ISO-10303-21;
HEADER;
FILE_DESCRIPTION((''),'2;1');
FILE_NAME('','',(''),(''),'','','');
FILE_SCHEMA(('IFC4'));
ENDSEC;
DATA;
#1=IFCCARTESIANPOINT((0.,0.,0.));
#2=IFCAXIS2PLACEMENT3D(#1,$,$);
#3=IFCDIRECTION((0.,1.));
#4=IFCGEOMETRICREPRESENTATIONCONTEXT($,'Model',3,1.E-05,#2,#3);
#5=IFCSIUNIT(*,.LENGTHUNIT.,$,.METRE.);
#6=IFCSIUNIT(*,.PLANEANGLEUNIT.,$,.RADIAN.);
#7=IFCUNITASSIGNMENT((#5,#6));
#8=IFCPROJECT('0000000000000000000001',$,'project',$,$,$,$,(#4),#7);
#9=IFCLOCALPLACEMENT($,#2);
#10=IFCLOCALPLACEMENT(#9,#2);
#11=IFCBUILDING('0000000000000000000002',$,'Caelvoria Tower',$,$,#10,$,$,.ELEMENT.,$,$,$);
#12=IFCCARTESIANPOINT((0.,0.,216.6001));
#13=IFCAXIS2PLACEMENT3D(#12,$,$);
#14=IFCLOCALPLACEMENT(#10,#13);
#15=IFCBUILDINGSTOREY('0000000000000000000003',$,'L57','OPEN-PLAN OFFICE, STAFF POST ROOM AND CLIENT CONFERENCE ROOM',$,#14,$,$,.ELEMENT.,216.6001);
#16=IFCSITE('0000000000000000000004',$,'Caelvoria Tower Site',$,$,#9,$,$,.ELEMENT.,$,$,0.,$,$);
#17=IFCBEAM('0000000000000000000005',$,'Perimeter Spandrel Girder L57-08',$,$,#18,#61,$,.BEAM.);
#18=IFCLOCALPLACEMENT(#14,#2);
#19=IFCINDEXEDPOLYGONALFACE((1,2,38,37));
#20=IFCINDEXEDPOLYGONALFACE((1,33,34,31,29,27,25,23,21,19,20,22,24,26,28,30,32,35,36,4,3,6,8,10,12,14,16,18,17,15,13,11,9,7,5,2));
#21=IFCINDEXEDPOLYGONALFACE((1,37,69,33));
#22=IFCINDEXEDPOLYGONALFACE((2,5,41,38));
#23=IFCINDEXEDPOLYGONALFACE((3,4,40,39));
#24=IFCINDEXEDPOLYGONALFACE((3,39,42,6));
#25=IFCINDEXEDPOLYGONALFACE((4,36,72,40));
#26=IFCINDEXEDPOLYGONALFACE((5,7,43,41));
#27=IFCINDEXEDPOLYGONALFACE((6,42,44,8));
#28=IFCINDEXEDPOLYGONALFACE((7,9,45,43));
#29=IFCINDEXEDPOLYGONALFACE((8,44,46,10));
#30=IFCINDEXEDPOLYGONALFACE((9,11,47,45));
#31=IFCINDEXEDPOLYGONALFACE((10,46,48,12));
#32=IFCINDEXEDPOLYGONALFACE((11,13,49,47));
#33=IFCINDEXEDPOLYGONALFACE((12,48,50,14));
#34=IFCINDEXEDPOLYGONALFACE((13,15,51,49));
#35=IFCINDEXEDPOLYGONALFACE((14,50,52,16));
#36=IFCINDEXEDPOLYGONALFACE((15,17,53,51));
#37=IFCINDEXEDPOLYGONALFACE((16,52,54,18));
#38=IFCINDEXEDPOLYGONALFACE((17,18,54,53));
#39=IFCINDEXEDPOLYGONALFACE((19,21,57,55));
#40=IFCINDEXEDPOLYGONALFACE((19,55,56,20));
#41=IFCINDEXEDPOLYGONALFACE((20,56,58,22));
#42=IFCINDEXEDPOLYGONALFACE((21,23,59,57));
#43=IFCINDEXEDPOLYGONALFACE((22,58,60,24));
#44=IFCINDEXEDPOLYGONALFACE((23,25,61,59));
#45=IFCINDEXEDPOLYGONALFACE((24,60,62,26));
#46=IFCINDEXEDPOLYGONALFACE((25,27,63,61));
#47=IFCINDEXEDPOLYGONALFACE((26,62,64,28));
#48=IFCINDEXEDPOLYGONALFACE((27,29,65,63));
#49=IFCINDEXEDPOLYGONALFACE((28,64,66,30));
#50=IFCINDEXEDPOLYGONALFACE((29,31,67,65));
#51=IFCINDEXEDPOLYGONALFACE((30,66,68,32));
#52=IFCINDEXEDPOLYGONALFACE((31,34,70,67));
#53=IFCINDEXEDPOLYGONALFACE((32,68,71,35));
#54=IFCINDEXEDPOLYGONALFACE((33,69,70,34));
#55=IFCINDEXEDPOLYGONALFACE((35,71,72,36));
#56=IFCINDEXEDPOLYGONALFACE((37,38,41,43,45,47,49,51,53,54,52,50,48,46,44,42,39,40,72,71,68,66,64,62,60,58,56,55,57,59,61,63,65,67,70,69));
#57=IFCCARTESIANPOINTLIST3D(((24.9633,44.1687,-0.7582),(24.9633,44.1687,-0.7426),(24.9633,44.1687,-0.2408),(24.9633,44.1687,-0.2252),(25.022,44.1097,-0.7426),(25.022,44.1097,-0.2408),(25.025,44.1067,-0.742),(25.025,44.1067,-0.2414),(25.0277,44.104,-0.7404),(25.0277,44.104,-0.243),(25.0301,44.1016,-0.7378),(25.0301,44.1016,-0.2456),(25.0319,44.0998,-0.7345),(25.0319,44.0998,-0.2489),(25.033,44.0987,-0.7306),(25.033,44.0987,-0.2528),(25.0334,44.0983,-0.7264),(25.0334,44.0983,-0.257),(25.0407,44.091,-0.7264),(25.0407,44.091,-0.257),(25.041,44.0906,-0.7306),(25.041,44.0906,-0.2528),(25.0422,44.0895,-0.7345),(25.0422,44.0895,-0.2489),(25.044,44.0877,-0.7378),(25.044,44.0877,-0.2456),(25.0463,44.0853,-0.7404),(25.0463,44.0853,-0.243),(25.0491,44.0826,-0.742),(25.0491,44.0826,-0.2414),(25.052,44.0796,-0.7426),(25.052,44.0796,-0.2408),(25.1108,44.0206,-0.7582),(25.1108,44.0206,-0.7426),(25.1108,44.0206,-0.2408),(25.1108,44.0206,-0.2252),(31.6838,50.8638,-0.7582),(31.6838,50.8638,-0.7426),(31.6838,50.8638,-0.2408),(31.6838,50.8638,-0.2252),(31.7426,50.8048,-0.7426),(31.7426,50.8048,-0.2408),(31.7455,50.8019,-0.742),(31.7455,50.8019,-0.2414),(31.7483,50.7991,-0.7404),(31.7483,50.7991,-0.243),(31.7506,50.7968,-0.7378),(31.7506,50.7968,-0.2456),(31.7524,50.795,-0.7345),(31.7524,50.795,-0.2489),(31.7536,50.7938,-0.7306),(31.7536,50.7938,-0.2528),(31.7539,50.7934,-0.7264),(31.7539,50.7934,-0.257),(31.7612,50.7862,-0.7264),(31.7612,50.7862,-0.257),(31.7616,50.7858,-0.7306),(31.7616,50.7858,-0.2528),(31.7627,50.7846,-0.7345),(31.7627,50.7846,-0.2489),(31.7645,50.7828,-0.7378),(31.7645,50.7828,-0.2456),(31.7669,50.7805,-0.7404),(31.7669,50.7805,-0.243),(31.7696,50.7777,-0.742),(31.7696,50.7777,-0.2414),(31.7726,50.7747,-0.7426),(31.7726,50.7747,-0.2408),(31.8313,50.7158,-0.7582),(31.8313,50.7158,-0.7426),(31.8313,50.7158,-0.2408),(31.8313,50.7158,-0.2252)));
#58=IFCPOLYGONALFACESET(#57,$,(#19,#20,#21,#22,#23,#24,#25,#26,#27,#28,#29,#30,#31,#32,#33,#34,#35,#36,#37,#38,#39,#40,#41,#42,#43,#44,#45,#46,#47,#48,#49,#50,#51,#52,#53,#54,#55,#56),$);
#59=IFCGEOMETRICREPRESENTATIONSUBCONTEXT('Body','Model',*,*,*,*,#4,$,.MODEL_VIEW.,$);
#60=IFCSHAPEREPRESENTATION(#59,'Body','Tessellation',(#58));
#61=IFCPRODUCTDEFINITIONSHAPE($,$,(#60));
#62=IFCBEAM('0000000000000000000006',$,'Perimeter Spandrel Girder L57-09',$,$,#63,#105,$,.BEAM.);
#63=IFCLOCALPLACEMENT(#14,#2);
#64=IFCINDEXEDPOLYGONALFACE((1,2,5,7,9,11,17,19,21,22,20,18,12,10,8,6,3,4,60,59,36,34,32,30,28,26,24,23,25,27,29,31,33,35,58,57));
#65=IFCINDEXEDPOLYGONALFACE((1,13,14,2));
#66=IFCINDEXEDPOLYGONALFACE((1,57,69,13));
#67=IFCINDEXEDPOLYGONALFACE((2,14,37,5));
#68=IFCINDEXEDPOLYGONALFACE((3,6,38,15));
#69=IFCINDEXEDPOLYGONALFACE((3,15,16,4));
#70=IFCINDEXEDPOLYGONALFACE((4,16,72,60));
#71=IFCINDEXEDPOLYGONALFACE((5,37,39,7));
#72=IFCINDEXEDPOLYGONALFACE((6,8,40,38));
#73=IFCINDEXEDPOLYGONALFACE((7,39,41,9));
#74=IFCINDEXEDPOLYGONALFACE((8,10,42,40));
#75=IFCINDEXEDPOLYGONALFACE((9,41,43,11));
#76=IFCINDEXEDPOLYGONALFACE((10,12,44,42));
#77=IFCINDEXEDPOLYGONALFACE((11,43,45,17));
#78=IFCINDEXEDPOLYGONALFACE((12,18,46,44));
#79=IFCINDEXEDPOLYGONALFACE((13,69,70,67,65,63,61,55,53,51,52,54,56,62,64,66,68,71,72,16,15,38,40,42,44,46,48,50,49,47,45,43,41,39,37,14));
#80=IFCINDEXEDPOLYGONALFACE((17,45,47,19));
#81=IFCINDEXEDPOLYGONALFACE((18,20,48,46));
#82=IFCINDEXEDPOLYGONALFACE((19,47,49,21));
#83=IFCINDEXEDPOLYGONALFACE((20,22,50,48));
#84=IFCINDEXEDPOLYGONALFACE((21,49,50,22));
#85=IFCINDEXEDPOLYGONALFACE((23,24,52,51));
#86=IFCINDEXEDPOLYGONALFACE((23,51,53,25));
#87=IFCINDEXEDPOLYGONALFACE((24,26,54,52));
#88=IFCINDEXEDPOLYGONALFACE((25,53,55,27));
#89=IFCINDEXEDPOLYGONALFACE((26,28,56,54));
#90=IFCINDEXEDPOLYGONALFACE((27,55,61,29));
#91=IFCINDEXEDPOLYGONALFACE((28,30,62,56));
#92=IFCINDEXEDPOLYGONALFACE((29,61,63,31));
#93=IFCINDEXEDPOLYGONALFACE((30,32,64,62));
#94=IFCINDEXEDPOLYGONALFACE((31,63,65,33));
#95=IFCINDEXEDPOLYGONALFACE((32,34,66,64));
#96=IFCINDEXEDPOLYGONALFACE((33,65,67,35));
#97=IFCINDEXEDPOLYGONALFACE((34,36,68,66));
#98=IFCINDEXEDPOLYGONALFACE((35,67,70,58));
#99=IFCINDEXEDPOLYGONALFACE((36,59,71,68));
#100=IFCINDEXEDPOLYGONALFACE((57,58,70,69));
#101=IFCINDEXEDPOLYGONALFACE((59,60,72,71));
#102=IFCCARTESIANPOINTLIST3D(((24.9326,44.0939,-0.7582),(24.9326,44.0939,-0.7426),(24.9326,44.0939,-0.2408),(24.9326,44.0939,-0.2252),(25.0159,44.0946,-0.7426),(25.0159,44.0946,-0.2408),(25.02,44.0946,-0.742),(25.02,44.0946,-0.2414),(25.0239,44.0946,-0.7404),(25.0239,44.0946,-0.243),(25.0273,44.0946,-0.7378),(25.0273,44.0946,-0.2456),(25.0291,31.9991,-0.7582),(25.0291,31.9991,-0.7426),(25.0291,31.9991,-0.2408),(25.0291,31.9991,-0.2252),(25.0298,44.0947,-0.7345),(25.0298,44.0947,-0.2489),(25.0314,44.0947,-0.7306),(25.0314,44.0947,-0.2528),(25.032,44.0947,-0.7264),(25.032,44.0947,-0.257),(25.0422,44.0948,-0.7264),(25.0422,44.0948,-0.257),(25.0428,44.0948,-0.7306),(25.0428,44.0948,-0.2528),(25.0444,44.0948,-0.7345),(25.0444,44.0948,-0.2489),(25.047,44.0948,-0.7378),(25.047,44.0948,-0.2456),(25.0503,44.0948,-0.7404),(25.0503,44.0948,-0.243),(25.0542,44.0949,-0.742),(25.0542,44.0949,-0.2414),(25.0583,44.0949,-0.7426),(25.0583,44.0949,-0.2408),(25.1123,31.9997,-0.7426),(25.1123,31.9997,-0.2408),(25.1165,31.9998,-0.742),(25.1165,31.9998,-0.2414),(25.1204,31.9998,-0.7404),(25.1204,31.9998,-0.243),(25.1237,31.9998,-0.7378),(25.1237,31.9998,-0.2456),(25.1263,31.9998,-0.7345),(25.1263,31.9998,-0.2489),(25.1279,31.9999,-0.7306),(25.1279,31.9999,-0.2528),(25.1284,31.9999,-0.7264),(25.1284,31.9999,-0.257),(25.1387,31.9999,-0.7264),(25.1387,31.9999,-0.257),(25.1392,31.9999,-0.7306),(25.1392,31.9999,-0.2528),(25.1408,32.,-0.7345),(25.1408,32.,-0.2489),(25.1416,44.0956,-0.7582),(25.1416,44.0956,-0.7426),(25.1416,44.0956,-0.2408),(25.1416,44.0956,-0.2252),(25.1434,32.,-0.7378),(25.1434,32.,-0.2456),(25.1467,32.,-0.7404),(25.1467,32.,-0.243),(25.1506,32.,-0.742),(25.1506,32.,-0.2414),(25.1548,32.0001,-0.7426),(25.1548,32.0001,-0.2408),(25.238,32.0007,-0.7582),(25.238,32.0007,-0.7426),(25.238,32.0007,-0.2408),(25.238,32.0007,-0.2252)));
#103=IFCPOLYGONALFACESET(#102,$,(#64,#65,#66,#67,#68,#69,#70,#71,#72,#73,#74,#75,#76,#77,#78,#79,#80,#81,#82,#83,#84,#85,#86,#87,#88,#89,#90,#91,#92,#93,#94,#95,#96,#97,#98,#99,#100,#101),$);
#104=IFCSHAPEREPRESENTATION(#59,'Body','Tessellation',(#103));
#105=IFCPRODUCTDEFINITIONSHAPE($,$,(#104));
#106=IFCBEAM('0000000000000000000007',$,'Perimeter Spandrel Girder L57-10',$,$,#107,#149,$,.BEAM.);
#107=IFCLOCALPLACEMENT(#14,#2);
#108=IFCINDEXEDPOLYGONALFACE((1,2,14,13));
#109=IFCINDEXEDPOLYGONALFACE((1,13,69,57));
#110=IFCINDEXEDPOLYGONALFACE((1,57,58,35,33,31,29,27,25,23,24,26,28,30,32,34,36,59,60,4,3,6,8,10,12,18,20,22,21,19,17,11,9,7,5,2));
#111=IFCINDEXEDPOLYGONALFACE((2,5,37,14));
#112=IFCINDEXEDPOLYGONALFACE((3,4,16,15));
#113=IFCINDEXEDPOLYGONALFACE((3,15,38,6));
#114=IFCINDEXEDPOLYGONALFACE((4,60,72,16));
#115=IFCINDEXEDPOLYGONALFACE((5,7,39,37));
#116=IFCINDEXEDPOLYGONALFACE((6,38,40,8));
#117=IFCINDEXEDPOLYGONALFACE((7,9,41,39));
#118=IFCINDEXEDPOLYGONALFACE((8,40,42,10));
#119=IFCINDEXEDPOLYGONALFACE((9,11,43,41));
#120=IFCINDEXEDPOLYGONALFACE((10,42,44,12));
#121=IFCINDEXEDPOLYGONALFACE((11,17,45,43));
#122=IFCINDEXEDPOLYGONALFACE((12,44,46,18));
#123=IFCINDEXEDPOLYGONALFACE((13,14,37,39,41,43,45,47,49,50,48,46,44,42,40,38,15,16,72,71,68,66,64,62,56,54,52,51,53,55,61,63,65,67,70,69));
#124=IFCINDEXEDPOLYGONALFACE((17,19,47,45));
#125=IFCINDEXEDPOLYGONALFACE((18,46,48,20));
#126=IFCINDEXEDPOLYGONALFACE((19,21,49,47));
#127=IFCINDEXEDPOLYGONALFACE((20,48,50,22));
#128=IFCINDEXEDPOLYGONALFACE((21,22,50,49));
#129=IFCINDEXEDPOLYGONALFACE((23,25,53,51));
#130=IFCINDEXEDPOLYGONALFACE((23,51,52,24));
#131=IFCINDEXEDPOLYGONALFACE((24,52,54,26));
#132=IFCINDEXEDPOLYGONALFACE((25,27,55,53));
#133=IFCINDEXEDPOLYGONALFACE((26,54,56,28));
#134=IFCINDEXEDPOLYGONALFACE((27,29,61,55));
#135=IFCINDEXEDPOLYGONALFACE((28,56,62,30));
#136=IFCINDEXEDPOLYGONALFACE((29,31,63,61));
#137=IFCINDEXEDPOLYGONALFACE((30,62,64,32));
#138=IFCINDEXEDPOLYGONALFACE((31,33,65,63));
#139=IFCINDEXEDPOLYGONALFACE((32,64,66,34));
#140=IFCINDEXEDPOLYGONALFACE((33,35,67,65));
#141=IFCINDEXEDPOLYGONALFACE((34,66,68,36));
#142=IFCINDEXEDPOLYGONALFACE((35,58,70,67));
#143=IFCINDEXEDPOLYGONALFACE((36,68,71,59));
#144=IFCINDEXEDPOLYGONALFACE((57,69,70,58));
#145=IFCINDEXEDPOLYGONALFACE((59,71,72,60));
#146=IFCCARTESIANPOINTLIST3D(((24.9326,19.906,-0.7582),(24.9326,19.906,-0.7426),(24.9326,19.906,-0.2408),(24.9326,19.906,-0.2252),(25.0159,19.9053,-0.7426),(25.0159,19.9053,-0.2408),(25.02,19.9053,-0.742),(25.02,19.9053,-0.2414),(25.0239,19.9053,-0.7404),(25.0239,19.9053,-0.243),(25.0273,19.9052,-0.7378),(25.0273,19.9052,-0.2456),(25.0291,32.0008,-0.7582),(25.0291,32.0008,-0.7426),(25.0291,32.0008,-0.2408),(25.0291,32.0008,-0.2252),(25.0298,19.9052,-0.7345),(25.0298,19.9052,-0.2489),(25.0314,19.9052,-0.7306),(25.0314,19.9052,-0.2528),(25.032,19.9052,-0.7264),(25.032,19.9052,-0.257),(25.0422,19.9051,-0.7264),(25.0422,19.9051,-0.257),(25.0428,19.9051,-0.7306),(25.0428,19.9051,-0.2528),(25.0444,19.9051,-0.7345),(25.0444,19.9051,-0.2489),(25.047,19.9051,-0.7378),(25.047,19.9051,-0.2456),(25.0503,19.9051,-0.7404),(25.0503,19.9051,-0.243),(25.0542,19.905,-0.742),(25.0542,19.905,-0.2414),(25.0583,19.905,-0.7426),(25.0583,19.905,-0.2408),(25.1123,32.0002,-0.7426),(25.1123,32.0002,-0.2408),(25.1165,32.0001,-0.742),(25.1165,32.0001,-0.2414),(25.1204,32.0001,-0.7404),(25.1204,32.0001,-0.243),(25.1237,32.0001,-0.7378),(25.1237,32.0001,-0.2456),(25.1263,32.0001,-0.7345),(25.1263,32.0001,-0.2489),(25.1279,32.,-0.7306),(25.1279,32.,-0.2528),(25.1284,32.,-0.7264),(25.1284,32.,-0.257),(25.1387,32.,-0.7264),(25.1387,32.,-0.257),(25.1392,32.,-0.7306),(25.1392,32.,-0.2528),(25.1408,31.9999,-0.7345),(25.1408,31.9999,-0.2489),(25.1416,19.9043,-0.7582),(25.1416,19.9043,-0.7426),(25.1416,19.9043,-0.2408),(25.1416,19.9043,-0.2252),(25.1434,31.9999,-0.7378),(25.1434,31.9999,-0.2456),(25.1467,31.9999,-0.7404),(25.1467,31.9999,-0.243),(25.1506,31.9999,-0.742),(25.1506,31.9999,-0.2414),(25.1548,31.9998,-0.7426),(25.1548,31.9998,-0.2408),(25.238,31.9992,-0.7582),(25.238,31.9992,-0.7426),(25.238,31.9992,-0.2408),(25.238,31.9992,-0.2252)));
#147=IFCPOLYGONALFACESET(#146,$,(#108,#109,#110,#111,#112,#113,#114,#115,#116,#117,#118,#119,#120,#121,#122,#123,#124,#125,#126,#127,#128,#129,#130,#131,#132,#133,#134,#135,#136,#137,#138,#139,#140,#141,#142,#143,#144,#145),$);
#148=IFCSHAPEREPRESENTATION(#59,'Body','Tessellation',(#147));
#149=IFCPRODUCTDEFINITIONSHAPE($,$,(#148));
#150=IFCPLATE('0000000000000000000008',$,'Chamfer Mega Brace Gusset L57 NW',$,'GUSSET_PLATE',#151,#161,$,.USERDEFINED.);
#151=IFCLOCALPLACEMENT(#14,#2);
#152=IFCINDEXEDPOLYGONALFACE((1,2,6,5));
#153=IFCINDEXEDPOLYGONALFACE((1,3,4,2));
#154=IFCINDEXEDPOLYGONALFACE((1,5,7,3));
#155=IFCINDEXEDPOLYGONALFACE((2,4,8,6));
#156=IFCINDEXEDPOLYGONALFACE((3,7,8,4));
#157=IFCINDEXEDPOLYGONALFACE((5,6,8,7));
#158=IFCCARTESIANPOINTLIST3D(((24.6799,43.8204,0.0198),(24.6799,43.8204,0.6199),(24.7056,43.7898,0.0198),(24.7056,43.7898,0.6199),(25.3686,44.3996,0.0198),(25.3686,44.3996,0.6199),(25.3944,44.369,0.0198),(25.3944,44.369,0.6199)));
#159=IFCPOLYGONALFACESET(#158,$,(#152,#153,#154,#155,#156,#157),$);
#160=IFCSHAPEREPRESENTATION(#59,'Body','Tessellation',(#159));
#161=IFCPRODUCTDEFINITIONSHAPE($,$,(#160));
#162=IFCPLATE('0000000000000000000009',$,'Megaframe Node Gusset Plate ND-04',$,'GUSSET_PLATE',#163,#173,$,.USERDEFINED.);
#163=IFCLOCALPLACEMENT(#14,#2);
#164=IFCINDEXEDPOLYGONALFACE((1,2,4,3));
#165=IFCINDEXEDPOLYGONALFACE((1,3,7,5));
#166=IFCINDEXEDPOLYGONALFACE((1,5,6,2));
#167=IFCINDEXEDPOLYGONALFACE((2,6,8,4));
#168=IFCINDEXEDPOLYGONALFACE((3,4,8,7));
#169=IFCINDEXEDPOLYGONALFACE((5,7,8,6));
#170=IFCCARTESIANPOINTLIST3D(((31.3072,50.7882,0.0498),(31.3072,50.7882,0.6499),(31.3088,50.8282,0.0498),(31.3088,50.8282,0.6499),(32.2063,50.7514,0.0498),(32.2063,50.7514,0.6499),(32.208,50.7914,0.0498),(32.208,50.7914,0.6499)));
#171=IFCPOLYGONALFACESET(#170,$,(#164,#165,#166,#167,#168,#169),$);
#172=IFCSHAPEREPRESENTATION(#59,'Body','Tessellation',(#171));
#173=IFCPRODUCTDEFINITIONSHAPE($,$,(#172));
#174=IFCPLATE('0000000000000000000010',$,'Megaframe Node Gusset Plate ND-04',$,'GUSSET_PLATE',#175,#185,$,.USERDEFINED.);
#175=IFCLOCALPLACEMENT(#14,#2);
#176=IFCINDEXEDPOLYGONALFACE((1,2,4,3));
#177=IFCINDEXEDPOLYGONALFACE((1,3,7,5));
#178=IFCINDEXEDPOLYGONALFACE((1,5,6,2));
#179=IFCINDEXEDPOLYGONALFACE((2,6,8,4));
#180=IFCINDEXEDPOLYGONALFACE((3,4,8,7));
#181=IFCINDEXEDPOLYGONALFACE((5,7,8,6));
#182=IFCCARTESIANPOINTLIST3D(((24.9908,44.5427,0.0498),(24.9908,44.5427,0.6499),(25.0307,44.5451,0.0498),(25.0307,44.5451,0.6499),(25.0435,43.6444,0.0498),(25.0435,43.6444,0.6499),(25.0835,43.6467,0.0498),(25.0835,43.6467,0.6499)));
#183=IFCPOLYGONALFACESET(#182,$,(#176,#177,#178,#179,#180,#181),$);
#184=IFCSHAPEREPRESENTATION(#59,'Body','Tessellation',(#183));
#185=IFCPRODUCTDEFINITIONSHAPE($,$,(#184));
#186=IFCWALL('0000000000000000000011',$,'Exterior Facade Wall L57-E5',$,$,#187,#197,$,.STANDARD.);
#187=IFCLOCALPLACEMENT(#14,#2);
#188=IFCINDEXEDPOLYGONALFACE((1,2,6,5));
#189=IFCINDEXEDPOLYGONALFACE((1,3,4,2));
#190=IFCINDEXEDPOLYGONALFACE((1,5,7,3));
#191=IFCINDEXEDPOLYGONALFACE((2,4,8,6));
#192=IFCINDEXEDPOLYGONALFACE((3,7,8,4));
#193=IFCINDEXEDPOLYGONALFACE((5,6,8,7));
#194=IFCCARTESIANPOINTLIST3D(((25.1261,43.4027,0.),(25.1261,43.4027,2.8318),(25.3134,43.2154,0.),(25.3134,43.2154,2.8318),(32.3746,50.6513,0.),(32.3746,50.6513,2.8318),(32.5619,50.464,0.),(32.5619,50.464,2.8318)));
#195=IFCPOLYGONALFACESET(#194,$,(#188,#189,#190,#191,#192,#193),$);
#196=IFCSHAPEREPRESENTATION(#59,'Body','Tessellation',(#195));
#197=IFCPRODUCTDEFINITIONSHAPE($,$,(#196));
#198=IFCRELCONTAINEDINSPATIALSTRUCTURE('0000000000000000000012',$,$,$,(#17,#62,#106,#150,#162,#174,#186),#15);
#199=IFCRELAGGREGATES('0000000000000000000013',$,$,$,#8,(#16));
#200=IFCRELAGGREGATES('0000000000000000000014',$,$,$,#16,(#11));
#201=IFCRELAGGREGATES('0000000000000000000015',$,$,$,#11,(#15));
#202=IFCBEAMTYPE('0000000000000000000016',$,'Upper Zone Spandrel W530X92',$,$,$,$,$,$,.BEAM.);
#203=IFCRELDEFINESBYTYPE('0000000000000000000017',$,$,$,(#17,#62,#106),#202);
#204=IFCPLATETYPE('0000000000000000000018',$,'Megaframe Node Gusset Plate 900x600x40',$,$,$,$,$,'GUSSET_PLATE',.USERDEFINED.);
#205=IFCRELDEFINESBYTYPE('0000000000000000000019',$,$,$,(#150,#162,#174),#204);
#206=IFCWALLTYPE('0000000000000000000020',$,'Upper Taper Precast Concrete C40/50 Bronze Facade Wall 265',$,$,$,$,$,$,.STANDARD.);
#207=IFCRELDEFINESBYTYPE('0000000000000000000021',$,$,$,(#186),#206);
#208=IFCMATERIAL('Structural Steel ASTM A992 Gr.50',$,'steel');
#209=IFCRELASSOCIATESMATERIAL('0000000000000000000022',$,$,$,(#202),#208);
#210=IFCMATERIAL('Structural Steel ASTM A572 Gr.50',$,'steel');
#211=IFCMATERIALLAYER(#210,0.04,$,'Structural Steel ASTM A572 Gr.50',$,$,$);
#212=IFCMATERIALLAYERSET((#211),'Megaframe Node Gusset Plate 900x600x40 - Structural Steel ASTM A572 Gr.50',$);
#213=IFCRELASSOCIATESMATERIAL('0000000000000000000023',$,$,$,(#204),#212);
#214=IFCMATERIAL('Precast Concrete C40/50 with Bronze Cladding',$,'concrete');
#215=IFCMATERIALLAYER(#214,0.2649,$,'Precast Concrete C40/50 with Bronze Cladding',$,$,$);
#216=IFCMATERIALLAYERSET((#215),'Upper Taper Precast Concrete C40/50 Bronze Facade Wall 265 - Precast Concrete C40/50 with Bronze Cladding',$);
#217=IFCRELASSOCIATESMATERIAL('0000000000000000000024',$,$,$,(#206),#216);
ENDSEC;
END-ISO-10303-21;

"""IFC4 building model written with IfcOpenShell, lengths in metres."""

from ifc_helpers import new_model, si_unit, direction, frame, frame_2d, origin, origin_2d, place, context, subcontext, project, spatial, rectangle, i_section, extrude, material, layer, layer_set, material_profile, profile_set, type_object, element, save


model = new_model("IFC4")

# Units and contexts
model_context = context("Model", 3, precision=1e-05, world=origin(), true_north=direction((0.0, 1.0)))
body_context = subcontext(model_context, "Body", "Model", "MODEL_VIEW")
ifc_project = project(units=[si_unit("LENGTHUNIT", "METRE"), si_unit("PLANEANGLEUNIT", "RADIAN")], contexts=[model_context])

# Site, building, storey
site_placement = place(None, origin())
site = spatial("IfcSite", under=ifc_project, at=site_placement, Name="Caelvoria Tower Site", CompositionType="ELEMENT", RefElevation=0.0)
building_placement = place(site_placement, origin())
building = spatial("IfcBuilding", under=site, at=building_placement, Name="Caelvoria Tower", CompositionType="ELEMENT")
storey_placement = place(building_placement, frame((0.0, 0.0, 216.6001)))
storey = spatial("IfcBuildingStorey", under=building, at=storey_placement, Name="L57", Description="OPEN-PLAN OFFICE, STAFF POST ROOM AND CLIENT CONFERENCE ROOM", CompositionType="ELEMENT", Elevation=216.6001)

# Shared definitions
ifc_material_1 = material(Name="Structural Steel ASTM A572 Gr.50", Category="steel")
ifc_material_2 = material(Name="Structural Steel ASTM A992 Gr.50", Category="steel")

# Beams
ifc_material_profile_1 = material_profile(ifc_material_2, i_section(OverallWidth=0.209, OverallDepth=0.533, WebThickness=0.0103, FlangeThickness=0.0156, FilletRadius=0.0161, at=origin_2d()), Name="Structural Steel ASTM A992 Gr.50")
ifc_profile_set_1 = profile_set([ifc_material_profile_1], Name="W530X92 - Structural Steel ASTM A992 Gr.50")
beam_type_1 = type_object("IfcBeamType", Name="Upper Zone Spandrel W530X92", PredefinedType="BEAM", material=ifc_profile_set_1)
beam_placement = place(storey_placement, frame((31.7576, 50.7898, -0.4917), z_axis=(-0.708444, -0.705767, 0.0), x_axis=(0.705767, -0.708444, 0.0)))
element("IfcBeam", 1, at=beam_placement, inside=storey, type_object=beam_type_1, Name="Perimeter Spandrel Girder L57-08", PredefinedType="BEAM", context=body_context, shape_type="SweptSolid", body=[
    extrude(i_section(OverallWidth=0.209, OverallDepth=0.533, WebThickness=0.0103, FlangeThickness=0.0156, FilletRadius=0.0161, at=origin_2d()), origin(), (0.0, 0.0, 1.0), 9.4863),
])
for number, where, z_axis, x_axis, name in (
    (2, (25.0371, 44.0947, -0.4917), (0.007973, -0.999968, 0.0), (0.999968, 0.007973, 0.0), "Perimeter Spandrel Girder L57-09"),
    (3, (25.1335, 32.0, -0.4917), (-0.007973, -0.999968, 0.0), (0.999968, -0.007973, 0.0), "Perimeter Spandrel Girder L57-10"),
):
    element("IfcBeam", number, at=place(storey_placement, frame(where, z_axis=z_axis, x_axis=x_axis)), inside=storey, type_object=beam_type_1, Name=name, PredefinedType="BEAM", context=body_context, shape_type="SweptSolid", body=[
        extrude(i_section(OverallWidth=0.209, OverallDepth=0.533, WebThickness=0.0103, FlangeThickness=0.0156, FilletRadius=0.0161, at=origin_2d()), origin(), (0.0, 0.0, 1.0), 12.0952),
    ])

# Plates
ifc_layer_1 = layer(ifc_material_1, 0.04, Name="Structural Steel ASTM A572 Gr.50")
ifc_layer_set_1 = layer_set([ifc_layer_1], Name="Megaframe Node Gusset Plate 900x600x40 - Structural Steel ASTM A572 Gr.50")
plate_type = type_object("IfcPlateType", Name="Megaframe Node Gusset Plate 900x600x40", ElementType="GUSSET_PLATE", PredefinedType="USERDEFINED", material=ifc_layer_set_1)
for number, where, z_axis, x_axis, name in (
    (4, (25.0371, 44.0947, 0.0198), (0.0, 0.0, 1.0), (0.765339, 0.643627, 0.0), "Chamfer Mega Brace Gusset L57 NW"),
    (5, (31.7576, 50.7898, 0.0498), (0.0, 0.0, 1.0), (0.999165, -0.040864, 0.0), "Megaframe Node Gusset Plate ND-04"),
    (6, (25.0371, 44.0947, 0.0498), (0.0, 0.0, 1.0), (0.058611, -0.998281, 0.0), "Megaframe Node Gusset Plate ND-04"),
):
    element("IfcPlate", number, at=place(storey_placement, frame(where, z_axis=z_axis, x_axis=x_axis)), inside=storey, type_object=plate_type, Name=name, ObjectType="GUSSET_PLATE", PredefinedType="USERDEFINED", context=body_context, shape_type="SweptSolid", body=[
        extrude(rectangle(XDim=0.8999, YDim=0.04, at=origin_2d()), origin(), (0.0, 0.0, 1.0), 0.6001),
    ])

# Wall
ifc_material_3 = material(Name="Precast Concrete C40/50 with Bronze Cladding", Category="concrete")
ifc_layer_2 = layer(ifc_material_3, 0.2649, Name="Precast Concrete C40/50 with Bronze Cladding")
ifc_layer_set_2 = layer_set([ifc_layer_2], Name="Upper Taper Precast Concrete C40/50 Bronze Facade Wall 265 - Precast Concrete C40/50 with Bronze Cladding")
wall_type = type_object("IfcWallType", Name="Upper Taper Precast Concrete C40/50 Bronze Facade Wall 265", PredefinedType="STANDARD", material=ifc_layer_set_2)
wall_1_placement = place(storey_placement, frame((32.4683, 50.5576, 0.0), z_axis=(0.0, 0.0, 1.0), x_axis=(-0.707107, -0.707107, 0.0)))
element("IfcWall", 7, at=wall_1_placement, inside=storey, type_object=wall_type, Name="Exterior Facade Wall L57-E5", PredefinedType="STANDARD", context=body_context, shape_type="SweptSolid", body=[
    extrude(rectangle(XDim=10.251, YDim=0.2649, at=frame_2d((5.1255, 0.0))), origin(), (0.0, 0.0, 1.0), 2.8318),
])

save(model, "model.ifc")
